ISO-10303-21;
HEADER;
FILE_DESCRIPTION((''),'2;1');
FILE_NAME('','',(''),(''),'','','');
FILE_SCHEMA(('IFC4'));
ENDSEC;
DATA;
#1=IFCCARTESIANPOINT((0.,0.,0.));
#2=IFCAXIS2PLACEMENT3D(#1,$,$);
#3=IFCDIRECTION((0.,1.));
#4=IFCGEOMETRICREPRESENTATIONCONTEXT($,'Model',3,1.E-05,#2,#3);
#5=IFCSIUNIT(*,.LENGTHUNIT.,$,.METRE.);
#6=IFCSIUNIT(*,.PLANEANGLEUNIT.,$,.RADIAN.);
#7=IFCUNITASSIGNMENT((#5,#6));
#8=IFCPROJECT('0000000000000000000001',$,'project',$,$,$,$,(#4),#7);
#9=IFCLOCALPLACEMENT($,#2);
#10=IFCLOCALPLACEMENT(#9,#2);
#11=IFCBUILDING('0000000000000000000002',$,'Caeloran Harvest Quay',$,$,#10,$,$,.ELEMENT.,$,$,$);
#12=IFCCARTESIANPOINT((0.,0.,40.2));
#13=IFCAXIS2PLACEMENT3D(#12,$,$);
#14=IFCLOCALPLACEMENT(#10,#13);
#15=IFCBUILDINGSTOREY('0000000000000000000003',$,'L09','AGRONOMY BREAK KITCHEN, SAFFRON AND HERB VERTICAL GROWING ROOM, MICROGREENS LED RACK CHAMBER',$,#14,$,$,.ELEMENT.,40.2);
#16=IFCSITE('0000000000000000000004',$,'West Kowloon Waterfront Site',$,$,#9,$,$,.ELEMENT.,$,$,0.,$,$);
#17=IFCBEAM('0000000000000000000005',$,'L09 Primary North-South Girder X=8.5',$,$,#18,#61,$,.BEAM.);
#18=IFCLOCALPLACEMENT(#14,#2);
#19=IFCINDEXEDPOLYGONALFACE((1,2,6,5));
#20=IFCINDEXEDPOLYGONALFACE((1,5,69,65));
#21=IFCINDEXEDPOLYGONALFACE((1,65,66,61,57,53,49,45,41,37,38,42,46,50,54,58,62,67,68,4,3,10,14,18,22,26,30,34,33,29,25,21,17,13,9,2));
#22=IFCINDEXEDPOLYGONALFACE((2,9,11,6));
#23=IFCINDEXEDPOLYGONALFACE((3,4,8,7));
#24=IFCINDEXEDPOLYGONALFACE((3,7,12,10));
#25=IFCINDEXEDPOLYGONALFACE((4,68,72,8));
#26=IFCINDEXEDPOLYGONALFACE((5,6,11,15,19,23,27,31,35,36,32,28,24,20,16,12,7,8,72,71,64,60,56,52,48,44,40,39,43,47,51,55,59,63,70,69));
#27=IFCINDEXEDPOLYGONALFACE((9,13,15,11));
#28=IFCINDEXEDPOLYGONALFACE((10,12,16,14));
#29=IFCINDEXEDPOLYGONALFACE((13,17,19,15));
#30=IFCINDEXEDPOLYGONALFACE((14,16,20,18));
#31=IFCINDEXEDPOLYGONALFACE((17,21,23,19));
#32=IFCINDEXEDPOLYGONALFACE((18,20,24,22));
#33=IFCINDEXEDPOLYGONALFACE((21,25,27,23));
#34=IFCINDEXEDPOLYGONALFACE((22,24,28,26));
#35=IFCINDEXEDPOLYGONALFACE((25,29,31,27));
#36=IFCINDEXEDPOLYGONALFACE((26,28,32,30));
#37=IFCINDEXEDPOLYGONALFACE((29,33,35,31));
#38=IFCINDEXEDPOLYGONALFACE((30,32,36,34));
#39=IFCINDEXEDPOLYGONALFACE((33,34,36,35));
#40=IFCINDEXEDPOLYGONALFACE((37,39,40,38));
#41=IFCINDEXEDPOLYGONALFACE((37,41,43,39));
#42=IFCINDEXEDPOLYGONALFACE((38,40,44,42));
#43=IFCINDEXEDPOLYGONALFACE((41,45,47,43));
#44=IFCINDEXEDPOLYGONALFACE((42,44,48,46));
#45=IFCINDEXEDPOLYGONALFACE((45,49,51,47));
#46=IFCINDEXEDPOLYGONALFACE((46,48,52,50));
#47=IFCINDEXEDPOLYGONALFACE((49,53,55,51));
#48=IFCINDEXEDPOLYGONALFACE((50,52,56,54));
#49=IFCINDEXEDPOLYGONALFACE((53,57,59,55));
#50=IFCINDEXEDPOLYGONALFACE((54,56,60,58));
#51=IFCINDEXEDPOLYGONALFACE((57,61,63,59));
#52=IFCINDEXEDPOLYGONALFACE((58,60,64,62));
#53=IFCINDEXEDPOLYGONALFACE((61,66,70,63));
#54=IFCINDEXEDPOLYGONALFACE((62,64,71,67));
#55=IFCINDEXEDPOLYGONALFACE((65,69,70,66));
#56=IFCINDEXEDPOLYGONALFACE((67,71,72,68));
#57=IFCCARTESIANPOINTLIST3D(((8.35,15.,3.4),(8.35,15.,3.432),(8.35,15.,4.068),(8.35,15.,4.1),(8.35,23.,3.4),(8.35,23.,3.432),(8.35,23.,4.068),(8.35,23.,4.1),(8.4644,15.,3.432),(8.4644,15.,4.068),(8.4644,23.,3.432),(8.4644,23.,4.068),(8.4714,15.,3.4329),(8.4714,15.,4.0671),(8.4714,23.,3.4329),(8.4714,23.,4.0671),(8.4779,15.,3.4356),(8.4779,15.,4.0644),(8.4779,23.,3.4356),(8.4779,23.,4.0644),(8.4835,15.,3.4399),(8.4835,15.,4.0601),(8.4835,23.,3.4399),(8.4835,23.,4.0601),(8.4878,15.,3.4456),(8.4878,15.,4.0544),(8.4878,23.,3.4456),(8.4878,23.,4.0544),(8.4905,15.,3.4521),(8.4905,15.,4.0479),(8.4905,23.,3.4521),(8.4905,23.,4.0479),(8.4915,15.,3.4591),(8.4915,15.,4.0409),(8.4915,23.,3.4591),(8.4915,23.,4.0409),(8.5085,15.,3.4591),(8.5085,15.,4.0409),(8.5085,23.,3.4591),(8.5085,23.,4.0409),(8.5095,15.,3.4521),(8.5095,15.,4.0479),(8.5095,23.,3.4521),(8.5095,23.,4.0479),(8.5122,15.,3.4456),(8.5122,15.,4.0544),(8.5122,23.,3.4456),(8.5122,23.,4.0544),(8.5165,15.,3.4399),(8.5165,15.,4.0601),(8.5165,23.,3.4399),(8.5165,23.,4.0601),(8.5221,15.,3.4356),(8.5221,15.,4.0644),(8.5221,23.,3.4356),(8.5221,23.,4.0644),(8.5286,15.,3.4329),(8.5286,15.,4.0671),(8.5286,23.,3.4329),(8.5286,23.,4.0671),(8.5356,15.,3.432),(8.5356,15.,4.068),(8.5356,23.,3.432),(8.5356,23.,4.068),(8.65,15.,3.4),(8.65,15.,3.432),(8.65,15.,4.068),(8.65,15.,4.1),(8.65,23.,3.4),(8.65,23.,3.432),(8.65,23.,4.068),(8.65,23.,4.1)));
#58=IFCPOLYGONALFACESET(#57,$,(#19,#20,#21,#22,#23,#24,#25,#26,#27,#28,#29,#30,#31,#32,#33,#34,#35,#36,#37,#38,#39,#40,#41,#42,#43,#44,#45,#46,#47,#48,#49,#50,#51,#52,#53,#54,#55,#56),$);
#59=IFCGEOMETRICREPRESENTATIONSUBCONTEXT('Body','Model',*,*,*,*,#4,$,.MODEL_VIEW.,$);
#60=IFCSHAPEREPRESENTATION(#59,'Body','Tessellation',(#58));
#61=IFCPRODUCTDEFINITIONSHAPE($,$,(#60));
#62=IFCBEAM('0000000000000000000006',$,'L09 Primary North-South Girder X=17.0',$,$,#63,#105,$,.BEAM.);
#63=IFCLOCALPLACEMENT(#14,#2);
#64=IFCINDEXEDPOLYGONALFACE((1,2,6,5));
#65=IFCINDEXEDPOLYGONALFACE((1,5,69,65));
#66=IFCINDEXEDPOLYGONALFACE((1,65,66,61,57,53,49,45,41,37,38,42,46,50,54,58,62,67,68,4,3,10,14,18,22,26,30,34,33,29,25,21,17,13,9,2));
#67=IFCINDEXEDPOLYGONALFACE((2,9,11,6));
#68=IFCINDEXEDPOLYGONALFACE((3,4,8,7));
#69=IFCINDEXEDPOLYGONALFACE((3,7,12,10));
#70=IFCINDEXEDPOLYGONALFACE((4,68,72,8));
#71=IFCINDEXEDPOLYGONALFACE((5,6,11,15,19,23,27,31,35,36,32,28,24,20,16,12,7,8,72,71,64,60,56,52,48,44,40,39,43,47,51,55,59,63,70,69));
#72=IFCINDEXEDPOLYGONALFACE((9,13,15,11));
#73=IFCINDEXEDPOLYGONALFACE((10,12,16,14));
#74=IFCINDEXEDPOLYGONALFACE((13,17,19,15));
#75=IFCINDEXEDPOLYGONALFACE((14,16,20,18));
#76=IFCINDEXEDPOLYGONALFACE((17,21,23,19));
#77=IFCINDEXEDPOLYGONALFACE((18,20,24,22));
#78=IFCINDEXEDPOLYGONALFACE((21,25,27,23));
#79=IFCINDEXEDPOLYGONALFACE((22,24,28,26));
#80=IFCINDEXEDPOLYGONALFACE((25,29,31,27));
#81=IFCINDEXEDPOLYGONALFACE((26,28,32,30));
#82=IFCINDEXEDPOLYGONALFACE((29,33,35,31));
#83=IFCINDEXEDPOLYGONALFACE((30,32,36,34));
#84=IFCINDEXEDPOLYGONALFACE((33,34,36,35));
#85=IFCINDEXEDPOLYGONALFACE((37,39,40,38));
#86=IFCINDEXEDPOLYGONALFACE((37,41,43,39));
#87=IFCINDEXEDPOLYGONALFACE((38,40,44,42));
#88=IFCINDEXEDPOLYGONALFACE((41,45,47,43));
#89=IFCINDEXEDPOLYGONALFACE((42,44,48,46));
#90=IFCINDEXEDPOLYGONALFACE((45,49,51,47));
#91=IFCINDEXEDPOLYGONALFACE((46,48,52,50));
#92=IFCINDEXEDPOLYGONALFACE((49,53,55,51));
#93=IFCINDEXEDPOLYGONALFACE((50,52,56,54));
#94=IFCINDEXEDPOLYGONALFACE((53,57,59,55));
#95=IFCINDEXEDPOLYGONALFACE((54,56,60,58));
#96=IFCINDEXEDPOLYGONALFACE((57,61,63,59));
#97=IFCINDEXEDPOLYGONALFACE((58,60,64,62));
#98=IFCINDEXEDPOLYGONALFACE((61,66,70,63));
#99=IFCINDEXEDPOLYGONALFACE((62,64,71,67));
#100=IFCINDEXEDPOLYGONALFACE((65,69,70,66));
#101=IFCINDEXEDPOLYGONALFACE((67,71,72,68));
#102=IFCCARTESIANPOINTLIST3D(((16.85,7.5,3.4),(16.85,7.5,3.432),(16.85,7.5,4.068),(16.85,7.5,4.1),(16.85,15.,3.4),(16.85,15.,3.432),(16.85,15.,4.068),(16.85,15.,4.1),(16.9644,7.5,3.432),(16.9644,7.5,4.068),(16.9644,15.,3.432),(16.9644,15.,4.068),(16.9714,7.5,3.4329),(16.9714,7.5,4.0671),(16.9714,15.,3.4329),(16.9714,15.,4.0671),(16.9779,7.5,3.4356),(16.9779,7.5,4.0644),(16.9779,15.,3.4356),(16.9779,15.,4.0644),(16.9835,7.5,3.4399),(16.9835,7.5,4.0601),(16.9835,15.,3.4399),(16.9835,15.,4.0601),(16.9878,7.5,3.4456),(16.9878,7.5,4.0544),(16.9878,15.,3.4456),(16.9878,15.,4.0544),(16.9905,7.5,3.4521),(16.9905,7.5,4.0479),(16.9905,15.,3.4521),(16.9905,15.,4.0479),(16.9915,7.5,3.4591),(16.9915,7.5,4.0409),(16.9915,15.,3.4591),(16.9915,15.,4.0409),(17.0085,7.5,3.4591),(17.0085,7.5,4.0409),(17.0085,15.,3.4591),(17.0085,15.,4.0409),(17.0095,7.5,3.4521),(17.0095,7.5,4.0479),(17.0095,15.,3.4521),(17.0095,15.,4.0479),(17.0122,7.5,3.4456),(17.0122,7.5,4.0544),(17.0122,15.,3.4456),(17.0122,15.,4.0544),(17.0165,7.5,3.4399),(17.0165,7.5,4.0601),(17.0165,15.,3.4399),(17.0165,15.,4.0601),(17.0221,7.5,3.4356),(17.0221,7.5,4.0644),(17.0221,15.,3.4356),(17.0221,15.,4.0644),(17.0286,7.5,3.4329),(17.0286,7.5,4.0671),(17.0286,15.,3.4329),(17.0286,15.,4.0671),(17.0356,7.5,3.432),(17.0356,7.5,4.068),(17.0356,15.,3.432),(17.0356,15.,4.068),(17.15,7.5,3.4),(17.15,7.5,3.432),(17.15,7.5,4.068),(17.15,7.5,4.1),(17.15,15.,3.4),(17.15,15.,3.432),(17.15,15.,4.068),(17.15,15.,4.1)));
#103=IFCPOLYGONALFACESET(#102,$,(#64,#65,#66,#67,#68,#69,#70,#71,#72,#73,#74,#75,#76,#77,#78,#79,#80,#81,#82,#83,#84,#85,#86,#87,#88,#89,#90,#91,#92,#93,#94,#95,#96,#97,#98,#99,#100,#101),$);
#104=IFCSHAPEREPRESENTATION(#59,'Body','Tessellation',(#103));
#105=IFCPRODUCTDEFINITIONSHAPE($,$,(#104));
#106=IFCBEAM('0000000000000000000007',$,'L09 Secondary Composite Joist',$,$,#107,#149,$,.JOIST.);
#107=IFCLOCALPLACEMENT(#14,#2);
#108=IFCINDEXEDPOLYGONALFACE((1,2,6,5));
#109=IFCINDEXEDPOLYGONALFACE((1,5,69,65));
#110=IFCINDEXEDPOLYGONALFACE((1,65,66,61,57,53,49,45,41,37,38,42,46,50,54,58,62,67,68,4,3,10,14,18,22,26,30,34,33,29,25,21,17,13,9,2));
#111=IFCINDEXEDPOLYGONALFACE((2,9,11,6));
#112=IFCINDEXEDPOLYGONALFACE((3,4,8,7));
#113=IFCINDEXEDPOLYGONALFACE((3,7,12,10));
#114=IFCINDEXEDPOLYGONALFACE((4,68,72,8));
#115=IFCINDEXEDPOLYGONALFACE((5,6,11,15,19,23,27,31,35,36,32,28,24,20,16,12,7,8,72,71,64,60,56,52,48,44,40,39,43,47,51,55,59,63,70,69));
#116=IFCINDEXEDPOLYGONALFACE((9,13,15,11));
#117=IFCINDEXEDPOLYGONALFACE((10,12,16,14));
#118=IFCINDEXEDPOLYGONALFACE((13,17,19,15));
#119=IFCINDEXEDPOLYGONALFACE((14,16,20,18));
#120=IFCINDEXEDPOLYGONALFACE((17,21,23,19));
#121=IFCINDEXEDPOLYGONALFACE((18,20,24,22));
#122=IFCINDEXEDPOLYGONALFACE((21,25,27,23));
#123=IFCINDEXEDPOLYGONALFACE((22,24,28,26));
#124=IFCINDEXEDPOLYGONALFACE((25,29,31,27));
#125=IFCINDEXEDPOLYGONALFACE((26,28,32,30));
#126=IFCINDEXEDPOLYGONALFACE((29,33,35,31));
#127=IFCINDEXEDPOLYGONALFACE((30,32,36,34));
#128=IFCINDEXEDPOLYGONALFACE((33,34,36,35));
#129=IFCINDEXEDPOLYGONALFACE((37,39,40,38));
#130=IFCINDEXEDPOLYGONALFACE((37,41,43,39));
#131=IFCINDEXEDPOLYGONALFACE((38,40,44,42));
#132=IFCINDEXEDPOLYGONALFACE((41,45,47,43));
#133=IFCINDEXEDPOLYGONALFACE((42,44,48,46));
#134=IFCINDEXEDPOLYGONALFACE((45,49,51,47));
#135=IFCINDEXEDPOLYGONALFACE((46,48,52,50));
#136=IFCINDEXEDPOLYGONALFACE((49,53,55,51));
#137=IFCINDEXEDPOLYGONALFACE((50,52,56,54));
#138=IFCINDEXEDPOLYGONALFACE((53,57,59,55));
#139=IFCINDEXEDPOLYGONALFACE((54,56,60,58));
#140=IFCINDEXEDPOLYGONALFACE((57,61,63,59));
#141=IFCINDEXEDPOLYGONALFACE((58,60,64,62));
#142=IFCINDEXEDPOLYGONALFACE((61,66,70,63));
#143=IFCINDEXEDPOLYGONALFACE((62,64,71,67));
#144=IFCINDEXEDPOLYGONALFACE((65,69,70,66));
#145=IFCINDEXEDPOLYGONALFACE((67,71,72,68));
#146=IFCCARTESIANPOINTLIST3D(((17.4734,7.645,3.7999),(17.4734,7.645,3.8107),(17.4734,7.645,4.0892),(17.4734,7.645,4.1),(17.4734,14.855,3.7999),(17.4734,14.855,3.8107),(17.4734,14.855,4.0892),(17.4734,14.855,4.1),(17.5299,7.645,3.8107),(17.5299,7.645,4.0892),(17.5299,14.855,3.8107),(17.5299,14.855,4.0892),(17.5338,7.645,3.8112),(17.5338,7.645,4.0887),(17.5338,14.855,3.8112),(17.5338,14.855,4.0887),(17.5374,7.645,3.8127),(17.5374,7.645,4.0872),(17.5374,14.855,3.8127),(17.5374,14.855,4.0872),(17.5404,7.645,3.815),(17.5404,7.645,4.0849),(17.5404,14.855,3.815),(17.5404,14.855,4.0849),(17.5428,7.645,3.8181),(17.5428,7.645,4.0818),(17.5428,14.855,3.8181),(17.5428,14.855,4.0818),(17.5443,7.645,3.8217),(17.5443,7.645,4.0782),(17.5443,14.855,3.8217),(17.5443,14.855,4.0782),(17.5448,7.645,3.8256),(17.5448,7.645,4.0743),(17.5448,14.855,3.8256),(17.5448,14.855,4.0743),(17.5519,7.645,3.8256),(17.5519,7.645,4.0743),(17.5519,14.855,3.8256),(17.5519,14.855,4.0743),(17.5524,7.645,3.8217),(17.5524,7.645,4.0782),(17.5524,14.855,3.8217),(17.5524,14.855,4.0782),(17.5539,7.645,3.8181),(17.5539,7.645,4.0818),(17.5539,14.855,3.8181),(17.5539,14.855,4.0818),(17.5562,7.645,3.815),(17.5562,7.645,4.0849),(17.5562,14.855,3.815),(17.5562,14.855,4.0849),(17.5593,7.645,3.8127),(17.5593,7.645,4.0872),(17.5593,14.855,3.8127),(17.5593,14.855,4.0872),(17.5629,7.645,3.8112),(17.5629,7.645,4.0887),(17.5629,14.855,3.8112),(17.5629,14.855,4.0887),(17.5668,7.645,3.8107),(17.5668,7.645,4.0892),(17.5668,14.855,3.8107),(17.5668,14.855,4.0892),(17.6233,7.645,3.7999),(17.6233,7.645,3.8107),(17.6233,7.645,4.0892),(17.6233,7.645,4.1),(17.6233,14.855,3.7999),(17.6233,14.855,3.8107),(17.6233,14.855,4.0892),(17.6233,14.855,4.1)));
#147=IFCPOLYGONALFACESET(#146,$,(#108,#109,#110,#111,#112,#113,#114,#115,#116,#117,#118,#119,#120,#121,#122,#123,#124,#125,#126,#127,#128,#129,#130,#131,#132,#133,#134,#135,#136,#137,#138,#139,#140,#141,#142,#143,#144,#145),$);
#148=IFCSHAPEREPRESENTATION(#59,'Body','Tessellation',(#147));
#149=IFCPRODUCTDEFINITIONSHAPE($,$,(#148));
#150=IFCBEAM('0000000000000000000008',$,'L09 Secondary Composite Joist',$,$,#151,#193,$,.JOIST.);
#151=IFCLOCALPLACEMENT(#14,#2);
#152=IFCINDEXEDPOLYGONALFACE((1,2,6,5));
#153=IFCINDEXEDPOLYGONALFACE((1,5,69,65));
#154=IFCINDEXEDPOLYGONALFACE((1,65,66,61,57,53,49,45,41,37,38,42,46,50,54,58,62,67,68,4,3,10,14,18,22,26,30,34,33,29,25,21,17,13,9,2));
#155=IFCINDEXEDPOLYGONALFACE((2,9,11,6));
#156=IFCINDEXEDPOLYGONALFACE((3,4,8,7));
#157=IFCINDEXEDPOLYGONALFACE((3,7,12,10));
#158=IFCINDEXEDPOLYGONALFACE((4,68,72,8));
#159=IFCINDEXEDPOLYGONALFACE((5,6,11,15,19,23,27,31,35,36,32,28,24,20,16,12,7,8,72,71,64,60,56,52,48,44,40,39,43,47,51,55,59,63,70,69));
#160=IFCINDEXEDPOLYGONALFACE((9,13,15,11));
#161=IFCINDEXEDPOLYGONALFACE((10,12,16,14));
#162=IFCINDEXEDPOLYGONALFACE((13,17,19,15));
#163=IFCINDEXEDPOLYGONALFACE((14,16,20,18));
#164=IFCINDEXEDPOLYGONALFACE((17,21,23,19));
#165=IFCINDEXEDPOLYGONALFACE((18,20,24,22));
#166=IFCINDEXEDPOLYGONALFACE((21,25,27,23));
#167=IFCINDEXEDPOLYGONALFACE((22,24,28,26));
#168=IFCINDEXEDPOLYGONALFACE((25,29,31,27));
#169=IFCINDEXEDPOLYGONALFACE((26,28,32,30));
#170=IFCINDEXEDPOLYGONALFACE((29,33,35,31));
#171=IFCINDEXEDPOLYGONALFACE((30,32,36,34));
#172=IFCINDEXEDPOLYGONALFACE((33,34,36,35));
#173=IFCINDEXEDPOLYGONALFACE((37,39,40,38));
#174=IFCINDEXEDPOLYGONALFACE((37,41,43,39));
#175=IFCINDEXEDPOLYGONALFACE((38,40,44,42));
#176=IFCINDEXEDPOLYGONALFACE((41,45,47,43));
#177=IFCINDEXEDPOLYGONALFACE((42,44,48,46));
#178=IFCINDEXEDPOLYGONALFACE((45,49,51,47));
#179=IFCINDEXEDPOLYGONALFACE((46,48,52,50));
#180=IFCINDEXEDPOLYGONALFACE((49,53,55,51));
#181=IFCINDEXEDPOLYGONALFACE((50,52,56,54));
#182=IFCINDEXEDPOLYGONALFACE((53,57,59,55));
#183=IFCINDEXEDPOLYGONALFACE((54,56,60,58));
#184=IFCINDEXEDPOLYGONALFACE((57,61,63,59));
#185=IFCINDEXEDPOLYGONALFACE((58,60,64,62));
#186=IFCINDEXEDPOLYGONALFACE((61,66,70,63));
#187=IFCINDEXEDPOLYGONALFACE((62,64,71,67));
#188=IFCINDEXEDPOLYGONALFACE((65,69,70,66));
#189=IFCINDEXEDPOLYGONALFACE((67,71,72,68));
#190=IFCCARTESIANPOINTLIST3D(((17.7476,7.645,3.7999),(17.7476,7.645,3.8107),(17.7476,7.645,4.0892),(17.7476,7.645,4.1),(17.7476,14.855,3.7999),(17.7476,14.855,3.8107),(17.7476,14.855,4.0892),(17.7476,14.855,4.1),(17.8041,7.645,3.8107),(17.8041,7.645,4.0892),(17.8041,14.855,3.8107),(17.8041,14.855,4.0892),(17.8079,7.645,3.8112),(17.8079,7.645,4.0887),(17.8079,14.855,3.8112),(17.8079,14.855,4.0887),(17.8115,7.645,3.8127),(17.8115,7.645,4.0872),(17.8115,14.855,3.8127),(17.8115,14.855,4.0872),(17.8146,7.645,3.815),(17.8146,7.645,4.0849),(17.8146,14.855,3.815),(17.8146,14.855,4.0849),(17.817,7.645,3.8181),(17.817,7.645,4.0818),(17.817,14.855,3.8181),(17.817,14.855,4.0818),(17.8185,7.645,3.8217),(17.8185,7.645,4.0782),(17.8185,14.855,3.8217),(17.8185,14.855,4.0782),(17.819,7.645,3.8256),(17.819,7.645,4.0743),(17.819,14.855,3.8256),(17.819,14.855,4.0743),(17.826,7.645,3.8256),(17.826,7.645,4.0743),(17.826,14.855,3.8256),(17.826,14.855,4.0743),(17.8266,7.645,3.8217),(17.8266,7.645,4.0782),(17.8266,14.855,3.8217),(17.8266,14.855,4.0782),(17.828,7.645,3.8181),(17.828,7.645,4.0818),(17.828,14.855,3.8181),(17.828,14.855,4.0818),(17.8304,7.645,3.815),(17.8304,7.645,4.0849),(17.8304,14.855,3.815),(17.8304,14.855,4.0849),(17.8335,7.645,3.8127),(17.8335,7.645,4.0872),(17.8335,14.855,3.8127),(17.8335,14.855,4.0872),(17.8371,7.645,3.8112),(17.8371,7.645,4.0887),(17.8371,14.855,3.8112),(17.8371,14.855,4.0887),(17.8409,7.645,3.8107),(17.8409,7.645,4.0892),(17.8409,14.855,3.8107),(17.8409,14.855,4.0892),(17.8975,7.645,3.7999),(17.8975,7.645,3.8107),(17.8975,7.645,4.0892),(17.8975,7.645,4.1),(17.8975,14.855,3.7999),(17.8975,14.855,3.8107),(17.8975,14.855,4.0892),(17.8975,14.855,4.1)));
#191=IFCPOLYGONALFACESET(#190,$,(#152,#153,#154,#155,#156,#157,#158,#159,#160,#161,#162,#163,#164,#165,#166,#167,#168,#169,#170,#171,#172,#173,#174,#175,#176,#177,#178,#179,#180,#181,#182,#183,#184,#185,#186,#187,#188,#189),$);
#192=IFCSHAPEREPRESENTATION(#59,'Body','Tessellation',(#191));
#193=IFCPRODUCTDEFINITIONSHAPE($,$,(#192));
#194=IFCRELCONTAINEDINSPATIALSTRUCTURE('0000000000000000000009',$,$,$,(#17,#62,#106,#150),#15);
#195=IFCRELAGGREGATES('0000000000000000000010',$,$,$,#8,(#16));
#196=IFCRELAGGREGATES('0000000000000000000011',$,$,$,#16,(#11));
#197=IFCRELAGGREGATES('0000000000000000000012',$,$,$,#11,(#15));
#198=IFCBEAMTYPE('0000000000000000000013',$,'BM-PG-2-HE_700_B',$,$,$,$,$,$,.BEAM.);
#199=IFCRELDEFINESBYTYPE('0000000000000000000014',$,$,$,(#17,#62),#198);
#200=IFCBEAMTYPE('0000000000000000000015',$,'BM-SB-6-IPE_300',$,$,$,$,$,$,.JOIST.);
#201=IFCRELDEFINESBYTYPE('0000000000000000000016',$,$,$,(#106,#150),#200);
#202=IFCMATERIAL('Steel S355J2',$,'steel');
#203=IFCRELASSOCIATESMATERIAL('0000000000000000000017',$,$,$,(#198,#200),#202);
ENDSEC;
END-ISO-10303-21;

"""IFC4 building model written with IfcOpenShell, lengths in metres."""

from ifc_helpers import new_model, si_unit, direction, frame, origin, origin_2d, place, context, subcontext, project, spatial, i_section, extrude, material, material_profile, profile_set, type_object, element, save


model = new_model("IFC4")

# Units and contexts
model_context = context("Model", 3, precision=1e-05, world=origin(), true_north=direction((0.0, 1.0)))
body_context = subcontext(model_context, "Body", "Model", "MODEL_VIEW")
ifc_project = project(units=[si_unit("LENGTHUNIT", "METRE"), si_unit("PLANEANGLEUNIT", "RADIAN")], contexts=[model_context])

# Site, building, storey
site_placement = place(None, origin())
site = spatial("IfcSite", under=ifc_project, at=site_placement, Name="West Kowloon Waterfront Site", CompositionType="ELEMENT", RefElevation=0.0)
building_placement = place(site_placement, origin())
building = spatial("IfcBuilding", under=site, at=building_placement, Name="Caeloran Harvest Quay", CompositionType="ELEMENT")
storey_placement = place(building_placement, frame((0.0, 0.0, 40.2)))
storey = spatial("IfcBuildingStorey", under=building, at=storey_placement, Name="L09", Description="AGRONOMY BREAK KITCHEN, SAFFRON AND HERB VERTICAL GROWING ROOM, MICROGREENS LED RACK CHAMBER", CompositionType="ELEMENT", Elevation=40.2)

# Beams
ifc_material_1 = material(Name="Steel S355J2", Category="steel")
ifc_material_profile_1 = material_profile(ifc_material_1, i_section(OverallWidth=0.3, OverallDepth=0.7, WebThickness=0.0171, FlangeThickness=0.032, FilletRadius=0.0271, at=origin_2d()), Name="HE 700 B")
ifc_profile_set_1 = profile_set([ifc_material_profile_1], Name="Steel S355J2")
beam_type_1 = type_object("IfcBeamType", Name="BM-PG-2-HE_700_B", PredefinedType="BEAM", material=ifc_profile_set_1)
beam_1_placement = place(storey_placement, frame((8.5, 15.0, 3.75), z_axis=(0.0, 1.0, 0.0), x_axis=(-1.0, 0.0, 0.0)))
element("IfcBeam", 1, at=beam_1_placement, inside=storey, type_object=beam_type_1, Name="L09 Primary North-South Girder X=8.5", PredefinedType="BEAM", context=body_context, shape_type="SweptSolid", body=[
    extrude(i_section(OverallWidth=0.3, OverallDepth=0.7, WebThickness=0.0171, FlangeThickness=0.032, FilletRadius=0.0271, at=origin_2d()), origin(), (0.0, 0.0, 1.0), 8.0),
])
beam_2_placement = place(storey_placement, frame((17.0, 7.5, 3.75), z_axis=(0.0, 1.0, 0.0), x_axis=(-1.0, 0.0, 0.0)))
element("IfcBeam", 2, at=beam_2_placement, inside=storey, type_object=beam_type_1, Name="L09 Primary North-South Girder X=17.0", PredefinedType="BEAM", context=body_context, shape_type="SweptSolid", body=[
    extrude(i_section(OverallWidth=0.3, OverallDepth=0.7, WebThickness=0.0171, FlangeThickness=0.032, FilletRadius=0.0271, at=origin_2d()), origin(), (0.0, 0.0, 1.0), 7.5),
])
ifc_material_profile_2 = material_profile(ifc_material_1, i_section(OverallWidth=0.1499, OverallDepth=0.3, WebThickness=0.0071, FlangeThickness=0.0107, FilletRadius=0.0149, at=origin_2d()), Name="IPE 300")
ifc_profile_set_2 = profile_set([ifc_material_profile_2], Name="Steel S355J2")
beam_type_2 = type_object("IfcBeamType", Name="BM-SB-6-IPE_300", PredefinedType="JOIST", material=ifc_profile_set_2)
for number, where, z_axis, x_axis, name in (
    (3, (17.5483, 7.645, 3.95), (0.0, 1.0, 0.0), (-1.0, 0.0, 0.0), "L09 Secondary Composite Joist"),
    (4, (17.8225, 7.645, 3.95), (0.0, 1.0, 0.0), (-1.0, 0.0, 0.0), "L09 Secondary Composite Joist"),
):
    element("IfcBeam", number, at=place(storey_placement, frame(where, z_axis=z_axis, x_axis=x_axis)), inside=storey, type_object=beam_type_2, Name=name, PredefinedType="JOIST", context=body_context, shape_type="SweptSolid", body=[
        extrude(i_section(OverallWidth=0.1499, OverallDepth=0.3, WebThickness=0.0071, FlangeThickness=0.0107, FilletRadius=0.0149, at=origin_2d()), origin(), (0.0, 0.0, 1.0), 7.21),
    ])

save(model, "model.ifc")
